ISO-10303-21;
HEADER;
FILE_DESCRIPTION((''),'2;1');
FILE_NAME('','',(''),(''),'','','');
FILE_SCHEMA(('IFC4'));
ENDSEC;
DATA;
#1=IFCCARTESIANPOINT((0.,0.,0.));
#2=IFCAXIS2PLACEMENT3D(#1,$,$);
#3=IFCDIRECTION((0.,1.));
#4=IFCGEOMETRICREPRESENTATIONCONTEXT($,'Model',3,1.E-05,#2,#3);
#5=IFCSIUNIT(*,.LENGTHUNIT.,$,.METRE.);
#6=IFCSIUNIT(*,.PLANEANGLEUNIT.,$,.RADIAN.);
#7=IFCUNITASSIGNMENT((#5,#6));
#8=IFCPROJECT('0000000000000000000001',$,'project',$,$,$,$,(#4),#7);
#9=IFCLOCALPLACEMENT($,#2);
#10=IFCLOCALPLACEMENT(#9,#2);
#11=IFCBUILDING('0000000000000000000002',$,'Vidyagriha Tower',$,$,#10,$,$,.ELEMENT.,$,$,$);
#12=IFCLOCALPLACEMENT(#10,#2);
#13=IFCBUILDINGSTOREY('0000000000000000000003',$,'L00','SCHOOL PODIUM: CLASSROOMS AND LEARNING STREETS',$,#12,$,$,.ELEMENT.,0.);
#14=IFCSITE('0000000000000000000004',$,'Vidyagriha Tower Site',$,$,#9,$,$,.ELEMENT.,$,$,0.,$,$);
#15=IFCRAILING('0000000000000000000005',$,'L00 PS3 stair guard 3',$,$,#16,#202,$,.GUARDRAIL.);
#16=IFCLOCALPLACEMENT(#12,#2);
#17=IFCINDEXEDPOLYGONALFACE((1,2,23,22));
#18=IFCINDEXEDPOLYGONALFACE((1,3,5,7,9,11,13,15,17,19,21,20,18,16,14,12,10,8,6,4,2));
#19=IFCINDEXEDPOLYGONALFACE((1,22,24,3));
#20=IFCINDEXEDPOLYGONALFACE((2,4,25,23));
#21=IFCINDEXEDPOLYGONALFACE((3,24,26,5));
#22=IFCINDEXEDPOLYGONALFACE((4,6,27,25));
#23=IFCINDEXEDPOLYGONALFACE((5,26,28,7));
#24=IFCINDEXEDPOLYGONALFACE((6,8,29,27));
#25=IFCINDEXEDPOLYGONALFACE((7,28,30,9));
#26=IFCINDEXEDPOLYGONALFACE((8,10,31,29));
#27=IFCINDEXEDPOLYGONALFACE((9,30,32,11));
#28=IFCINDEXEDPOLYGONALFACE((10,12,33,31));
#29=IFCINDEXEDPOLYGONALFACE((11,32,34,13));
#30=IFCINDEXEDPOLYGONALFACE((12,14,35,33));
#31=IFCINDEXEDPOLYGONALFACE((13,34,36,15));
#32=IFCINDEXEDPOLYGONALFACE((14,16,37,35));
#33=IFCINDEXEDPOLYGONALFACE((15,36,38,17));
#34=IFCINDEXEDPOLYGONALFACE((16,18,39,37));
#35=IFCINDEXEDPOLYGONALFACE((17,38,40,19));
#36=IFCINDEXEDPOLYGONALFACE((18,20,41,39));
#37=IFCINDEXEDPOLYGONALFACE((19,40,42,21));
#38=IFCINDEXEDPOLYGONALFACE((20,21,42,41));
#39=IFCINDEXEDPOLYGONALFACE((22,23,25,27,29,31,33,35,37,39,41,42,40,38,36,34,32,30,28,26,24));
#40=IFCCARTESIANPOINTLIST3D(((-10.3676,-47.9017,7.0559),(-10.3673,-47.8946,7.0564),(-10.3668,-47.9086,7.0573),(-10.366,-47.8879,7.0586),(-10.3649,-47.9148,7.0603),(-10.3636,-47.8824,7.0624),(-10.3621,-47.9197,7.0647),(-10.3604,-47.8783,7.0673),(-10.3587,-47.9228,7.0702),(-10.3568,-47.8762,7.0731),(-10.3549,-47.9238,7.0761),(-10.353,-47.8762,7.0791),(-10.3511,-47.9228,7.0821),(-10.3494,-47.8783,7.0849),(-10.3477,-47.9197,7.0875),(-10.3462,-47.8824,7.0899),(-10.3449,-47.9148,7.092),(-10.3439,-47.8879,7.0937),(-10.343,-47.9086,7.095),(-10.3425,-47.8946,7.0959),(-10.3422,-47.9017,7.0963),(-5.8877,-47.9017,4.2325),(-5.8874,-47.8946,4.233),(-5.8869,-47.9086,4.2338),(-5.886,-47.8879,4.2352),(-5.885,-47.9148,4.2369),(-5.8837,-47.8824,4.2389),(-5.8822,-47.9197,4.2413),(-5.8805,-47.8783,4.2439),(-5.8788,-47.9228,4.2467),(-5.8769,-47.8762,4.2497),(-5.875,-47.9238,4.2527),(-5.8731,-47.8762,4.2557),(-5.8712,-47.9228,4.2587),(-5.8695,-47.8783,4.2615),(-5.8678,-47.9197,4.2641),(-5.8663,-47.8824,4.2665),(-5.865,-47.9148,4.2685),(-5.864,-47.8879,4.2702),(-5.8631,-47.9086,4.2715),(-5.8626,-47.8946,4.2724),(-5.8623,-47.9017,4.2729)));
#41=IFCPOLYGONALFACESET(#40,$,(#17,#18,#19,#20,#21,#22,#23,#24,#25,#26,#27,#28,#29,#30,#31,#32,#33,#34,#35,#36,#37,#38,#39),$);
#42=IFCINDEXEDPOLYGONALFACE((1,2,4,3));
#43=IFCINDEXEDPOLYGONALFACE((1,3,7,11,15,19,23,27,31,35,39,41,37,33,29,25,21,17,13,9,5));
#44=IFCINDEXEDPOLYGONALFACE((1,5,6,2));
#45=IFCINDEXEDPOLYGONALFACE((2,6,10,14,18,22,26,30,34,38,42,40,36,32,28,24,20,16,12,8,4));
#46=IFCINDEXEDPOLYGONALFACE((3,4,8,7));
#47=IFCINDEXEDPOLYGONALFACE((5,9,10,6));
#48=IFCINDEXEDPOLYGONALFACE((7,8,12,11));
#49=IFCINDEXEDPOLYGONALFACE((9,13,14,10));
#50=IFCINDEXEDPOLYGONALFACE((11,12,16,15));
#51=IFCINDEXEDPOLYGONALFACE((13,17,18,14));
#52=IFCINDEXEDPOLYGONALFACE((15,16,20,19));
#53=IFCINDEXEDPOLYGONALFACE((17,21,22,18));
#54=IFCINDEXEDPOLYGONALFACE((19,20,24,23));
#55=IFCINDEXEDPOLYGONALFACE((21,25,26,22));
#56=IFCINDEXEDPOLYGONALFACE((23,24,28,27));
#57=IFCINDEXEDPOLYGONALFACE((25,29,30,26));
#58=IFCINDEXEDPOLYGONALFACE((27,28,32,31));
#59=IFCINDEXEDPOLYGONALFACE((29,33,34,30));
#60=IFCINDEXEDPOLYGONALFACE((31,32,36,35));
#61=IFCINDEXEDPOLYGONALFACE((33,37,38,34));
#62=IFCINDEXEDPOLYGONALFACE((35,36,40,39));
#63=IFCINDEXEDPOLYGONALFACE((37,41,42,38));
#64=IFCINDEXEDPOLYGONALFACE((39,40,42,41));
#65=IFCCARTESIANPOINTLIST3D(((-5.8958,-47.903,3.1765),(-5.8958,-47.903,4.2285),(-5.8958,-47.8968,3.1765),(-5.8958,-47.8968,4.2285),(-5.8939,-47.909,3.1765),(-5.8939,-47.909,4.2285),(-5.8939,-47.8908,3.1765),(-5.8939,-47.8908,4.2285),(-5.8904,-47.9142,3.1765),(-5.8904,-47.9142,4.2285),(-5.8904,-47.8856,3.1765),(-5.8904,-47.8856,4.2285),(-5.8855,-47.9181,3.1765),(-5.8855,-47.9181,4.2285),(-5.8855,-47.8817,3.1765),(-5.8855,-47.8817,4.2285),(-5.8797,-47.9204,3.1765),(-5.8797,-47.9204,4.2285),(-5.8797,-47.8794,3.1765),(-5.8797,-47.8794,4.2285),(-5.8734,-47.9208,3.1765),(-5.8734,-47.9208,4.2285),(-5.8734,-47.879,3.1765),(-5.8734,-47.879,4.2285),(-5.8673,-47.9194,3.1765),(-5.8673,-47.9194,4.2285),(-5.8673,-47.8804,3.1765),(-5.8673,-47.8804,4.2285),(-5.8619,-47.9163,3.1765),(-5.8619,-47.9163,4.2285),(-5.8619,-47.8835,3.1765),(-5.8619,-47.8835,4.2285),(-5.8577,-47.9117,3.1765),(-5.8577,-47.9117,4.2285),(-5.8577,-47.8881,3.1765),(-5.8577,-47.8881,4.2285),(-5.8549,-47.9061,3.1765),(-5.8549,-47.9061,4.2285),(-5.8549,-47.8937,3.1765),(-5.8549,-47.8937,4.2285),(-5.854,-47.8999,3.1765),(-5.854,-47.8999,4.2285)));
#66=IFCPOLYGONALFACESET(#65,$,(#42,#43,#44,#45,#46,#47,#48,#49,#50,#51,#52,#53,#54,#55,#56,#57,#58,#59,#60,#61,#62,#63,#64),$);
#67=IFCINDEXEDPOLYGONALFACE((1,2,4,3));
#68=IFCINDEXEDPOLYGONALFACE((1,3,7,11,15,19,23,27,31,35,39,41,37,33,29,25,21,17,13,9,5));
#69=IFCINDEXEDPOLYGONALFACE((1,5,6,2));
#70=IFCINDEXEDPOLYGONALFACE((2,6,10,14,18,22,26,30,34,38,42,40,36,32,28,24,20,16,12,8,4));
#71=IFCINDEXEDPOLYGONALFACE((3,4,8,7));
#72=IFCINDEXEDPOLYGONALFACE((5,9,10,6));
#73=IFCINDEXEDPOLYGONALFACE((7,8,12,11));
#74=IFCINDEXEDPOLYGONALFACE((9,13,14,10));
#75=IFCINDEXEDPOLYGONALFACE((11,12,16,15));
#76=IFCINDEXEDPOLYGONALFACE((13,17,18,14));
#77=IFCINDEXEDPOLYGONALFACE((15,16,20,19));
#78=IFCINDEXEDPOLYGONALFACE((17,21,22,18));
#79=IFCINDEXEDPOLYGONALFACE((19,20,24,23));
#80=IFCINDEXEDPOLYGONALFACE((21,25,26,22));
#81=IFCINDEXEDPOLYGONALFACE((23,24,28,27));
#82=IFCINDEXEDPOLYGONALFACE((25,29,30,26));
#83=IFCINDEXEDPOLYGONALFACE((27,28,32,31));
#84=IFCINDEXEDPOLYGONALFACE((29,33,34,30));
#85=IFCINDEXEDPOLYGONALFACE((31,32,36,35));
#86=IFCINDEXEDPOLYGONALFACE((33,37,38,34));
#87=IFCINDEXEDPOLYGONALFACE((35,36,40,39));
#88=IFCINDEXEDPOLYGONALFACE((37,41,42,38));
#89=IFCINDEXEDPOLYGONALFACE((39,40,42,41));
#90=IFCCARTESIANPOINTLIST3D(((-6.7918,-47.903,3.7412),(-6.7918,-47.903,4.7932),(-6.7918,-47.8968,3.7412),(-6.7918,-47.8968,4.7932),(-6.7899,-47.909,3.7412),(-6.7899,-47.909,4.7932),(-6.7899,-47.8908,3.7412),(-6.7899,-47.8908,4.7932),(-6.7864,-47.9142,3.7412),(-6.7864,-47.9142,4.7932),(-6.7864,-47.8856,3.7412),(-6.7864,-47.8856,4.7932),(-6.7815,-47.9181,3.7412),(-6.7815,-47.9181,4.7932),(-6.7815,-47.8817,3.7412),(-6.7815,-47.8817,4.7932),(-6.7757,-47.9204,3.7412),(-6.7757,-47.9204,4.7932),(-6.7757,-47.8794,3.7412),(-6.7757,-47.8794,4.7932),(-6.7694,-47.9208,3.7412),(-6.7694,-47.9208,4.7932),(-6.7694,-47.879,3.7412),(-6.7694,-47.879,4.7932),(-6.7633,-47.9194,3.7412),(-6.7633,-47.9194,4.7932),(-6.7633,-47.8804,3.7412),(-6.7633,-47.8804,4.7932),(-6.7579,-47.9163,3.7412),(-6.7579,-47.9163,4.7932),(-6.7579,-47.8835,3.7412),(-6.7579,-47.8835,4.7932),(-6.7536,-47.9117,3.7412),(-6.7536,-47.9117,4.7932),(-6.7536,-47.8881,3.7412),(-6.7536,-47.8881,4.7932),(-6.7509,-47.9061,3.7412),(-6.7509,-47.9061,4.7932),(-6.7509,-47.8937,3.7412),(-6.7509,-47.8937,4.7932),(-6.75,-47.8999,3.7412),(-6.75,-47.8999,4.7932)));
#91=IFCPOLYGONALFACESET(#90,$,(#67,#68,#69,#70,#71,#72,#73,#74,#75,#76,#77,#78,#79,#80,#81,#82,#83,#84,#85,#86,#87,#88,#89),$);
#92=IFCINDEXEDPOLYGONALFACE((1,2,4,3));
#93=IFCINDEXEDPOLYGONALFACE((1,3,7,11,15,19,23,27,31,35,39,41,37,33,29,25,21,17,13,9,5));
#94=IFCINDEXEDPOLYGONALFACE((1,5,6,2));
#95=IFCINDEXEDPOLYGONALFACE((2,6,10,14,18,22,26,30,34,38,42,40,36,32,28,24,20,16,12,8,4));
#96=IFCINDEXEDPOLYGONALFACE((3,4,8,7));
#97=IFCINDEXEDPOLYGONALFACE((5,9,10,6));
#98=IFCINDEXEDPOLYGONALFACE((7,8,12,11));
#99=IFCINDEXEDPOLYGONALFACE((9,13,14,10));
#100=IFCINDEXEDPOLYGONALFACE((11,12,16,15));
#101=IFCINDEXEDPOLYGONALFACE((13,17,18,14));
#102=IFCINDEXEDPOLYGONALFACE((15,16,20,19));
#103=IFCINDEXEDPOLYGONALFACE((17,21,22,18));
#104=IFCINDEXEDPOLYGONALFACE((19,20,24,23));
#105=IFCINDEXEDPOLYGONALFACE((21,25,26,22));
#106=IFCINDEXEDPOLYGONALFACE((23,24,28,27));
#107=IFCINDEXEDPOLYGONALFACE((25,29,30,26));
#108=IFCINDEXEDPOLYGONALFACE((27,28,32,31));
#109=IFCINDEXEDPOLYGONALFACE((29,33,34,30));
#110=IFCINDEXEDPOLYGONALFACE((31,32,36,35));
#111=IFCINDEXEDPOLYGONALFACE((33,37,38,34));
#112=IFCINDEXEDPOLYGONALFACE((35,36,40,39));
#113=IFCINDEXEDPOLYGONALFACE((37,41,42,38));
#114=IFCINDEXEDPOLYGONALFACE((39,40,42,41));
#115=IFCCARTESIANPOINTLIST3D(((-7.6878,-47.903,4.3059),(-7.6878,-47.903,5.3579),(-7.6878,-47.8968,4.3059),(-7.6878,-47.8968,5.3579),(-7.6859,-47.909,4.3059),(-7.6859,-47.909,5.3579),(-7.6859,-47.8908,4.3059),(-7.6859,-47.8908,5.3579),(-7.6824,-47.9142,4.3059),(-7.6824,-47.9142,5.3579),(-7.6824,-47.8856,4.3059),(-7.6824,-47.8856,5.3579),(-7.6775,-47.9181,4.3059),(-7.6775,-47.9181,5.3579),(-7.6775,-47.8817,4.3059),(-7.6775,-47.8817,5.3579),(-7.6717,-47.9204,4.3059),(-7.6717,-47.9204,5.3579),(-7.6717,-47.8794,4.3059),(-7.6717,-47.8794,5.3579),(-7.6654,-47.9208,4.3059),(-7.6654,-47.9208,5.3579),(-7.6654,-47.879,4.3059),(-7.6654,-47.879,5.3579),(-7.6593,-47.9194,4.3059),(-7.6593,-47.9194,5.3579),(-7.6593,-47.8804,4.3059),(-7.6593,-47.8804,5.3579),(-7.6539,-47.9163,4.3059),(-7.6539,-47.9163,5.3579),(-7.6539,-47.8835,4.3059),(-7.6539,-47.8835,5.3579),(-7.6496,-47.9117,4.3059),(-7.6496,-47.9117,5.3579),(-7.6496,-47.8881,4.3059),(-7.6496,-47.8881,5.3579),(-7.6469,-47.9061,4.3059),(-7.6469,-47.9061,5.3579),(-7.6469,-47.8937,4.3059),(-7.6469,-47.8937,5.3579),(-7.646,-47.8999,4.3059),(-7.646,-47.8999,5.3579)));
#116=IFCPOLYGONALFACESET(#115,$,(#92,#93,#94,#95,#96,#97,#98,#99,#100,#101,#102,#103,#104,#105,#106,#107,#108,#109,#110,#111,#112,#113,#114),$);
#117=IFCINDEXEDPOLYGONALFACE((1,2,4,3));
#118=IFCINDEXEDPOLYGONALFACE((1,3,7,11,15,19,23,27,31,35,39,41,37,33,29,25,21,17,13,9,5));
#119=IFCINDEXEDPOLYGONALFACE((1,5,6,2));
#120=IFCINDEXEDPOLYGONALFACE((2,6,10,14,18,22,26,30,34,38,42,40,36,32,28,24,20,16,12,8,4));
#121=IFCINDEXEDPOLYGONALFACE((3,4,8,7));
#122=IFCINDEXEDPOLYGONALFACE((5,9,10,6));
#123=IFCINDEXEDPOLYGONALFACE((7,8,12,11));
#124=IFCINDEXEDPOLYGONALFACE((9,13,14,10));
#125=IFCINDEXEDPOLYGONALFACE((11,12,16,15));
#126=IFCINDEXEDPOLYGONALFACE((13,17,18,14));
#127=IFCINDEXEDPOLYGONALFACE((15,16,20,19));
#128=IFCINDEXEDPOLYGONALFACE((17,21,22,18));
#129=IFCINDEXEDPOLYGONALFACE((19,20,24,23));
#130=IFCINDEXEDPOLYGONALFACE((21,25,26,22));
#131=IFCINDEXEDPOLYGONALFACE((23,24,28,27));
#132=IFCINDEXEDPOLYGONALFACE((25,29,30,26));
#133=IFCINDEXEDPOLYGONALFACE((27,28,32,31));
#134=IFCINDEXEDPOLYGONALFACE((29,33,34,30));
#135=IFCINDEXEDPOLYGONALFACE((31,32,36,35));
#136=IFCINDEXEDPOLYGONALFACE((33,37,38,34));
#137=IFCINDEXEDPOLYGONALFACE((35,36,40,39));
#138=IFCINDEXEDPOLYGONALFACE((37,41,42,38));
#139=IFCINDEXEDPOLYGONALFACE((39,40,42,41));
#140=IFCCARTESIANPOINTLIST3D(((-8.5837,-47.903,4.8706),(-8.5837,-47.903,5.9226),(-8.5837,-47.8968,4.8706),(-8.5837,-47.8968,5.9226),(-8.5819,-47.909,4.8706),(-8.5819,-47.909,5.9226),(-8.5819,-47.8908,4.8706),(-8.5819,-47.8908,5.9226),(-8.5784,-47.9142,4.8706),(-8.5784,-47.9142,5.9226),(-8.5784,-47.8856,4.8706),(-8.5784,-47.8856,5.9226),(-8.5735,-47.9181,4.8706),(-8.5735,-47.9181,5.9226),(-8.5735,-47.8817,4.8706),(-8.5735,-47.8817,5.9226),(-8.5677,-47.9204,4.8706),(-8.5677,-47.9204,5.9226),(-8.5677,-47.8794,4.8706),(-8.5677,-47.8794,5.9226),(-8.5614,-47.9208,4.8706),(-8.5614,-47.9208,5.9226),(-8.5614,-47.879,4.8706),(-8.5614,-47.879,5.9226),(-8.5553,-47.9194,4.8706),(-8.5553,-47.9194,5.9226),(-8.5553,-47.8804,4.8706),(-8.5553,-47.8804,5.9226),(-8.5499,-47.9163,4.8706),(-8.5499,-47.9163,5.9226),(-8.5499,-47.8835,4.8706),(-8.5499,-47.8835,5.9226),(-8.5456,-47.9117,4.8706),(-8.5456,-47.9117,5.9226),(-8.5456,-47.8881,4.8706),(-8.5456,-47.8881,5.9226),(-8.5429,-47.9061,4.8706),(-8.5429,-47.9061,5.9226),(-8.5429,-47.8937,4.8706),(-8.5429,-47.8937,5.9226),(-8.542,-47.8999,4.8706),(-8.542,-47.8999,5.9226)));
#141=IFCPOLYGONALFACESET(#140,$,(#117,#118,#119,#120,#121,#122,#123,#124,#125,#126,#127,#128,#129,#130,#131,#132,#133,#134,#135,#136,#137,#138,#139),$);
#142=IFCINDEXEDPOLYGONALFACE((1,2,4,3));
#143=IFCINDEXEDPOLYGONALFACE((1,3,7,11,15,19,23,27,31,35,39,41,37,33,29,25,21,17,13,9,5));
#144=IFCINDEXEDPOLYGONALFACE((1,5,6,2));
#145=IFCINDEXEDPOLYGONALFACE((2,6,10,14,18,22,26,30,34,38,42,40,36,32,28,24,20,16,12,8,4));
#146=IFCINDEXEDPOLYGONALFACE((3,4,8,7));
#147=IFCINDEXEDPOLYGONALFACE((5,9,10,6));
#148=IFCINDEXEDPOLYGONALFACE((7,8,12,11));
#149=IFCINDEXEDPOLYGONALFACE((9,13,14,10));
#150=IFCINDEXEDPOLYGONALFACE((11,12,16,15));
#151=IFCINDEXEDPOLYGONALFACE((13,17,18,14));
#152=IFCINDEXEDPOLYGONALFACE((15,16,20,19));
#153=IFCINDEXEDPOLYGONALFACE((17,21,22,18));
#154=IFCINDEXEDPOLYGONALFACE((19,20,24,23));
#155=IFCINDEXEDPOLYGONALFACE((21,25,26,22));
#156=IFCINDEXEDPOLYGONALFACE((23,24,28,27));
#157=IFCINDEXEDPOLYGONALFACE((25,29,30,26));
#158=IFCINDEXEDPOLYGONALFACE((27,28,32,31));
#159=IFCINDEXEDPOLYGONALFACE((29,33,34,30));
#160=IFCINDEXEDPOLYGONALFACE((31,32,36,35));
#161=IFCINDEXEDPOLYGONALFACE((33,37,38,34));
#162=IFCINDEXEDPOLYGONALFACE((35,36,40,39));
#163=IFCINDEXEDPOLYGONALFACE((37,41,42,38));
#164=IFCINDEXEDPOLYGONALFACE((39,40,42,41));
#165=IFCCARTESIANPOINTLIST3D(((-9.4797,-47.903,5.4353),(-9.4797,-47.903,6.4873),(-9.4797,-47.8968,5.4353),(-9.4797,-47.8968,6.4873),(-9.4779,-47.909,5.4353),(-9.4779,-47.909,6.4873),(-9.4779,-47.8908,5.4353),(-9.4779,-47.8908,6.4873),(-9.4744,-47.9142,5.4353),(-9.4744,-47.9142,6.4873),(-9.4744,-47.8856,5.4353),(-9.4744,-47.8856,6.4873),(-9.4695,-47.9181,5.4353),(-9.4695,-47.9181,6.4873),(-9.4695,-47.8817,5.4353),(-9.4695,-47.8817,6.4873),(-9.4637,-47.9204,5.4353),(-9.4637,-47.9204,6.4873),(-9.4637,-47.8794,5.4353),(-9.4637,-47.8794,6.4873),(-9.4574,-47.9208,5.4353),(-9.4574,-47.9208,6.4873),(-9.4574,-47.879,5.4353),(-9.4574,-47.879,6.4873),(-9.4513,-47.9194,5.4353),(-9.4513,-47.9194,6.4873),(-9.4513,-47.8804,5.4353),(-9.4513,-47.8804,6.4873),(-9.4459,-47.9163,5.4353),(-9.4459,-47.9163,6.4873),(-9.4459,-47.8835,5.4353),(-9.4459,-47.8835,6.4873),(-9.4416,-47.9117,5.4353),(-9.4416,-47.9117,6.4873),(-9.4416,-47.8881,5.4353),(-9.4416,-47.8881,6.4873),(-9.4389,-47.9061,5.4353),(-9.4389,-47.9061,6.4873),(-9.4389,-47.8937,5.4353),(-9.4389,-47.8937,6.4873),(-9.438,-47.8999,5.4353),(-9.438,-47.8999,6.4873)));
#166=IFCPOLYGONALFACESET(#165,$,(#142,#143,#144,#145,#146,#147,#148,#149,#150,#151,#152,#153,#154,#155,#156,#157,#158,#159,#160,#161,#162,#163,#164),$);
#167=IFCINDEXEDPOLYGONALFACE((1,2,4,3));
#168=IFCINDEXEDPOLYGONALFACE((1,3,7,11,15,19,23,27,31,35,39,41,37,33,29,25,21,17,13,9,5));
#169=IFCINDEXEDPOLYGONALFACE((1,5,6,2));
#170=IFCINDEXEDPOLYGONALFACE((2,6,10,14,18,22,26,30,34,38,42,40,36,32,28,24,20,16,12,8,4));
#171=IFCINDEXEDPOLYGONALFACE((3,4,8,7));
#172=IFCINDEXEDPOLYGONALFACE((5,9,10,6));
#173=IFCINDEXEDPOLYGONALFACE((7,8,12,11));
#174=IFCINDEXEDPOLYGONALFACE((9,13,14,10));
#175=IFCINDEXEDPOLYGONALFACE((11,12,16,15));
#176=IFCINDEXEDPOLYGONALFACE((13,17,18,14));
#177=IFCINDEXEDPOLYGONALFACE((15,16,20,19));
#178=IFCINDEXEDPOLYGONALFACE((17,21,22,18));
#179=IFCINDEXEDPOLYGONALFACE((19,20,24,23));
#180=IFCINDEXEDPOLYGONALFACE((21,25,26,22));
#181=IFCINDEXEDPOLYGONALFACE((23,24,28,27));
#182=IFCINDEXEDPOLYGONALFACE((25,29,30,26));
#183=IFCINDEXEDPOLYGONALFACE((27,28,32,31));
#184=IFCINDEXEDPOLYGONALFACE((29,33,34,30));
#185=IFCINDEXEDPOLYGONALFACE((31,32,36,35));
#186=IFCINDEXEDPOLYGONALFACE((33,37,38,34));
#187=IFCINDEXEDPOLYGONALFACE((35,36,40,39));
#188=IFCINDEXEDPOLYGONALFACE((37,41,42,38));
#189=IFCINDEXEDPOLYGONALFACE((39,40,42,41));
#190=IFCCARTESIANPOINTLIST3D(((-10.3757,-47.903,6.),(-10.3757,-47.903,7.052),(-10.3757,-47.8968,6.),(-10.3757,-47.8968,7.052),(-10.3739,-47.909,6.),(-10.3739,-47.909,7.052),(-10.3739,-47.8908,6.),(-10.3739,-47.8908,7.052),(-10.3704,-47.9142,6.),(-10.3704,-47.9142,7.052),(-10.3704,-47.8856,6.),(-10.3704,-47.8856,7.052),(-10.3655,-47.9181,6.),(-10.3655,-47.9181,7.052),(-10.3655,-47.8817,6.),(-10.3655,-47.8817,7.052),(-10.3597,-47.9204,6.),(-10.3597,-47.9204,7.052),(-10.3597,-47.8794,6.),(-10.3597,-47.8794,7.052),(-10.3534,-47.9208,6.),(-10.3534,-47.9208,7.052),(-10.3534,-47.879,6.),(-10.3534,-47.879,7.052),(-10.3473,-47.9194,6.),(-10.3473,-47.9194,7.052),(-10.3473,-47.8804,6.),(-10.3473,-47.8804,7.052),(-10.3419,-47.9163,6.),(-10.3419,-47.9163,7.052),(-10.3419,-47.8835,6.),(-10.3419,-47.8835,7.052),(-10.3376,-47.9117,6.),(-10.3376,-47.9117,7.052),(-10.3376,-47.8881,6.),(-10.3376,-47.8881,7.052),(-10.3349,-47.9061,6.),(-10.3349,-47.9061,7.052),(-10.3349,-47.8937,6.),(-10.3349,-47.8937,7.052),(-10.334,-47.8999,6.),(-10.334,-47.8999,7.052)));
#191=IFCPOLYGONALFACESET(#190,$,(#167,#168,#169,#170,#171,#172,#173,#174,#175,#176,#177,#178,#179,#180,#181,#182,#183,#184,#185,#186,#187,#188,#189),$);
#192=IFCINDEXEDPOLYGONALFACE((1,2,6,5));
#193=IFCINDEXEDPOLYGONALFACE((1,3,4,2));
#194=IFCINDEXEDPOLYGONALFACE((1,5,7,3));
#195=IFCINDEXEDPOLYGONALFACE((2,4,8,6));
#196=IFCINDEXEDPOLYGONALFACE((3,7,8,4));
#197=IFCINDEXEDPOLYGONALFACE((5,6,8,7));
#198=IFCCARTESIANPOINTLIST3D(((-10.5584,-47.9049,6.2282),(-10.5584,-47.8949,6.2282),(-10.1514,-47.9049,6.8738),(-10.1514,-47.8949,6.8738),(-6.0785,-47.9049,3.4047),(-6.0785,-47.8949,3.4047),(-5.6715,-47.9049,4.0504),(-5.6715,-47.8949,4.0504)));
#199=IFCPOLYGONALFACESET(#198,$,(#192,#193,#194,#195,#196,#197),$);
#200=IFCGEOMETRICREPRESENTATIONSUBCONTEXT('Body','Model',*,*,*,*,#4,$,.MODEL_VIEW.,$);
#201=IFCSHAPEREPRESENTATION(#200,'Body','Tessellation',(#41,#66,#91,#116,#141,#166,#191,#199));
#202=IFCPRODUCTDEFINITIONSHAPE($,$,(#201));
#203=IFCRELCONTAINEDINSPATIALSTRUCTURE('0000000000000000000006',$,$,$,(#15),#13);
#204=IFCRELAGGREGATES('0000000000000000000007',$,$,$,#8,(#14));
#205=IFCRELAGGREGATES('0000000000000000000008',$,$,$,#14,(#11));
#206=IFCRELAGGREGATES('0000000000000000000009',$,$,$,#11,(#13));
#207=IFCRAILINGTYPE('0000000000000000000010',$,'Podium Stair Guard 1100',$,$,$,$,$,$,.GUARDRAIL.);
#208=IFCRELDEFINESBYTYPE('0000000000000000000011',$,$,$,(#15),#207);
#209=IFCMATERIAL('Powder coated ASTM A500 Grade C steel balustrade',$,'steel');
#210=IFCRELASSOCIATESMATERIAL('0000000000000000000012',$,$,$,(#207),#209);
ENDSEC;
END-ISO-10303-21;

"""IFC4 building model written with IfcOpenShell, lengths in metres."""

from ifc_helpers import new_model, si_unit, direction, frame, origin, origin_2d, place, context, subcontext, project, spatial, rectangle, circle, extrude, material, type_object, element, save


model = new_model("IFC4")

# Units and contexts
model_context = context("Model", 3, precision=1e-05, world=origin(), true_north=direction((0.0, 1.0)))
body_context = subcontext(model_context, "Body", "Model", "MODEL_VIEW")
ifc_project = project(units=[si_unit("LENGTHUNIT", "METRE"), si_unit("PLANEANGLEUNIT", "RADIAN")], contexts=[model_context])

# Site, building, storey
site_placement = place(None, origin())
site = spatial("IfcSite", under=ifc_project, at=site_placement, Name="Vidyagriha Tower Site", CompositionType="ELEMENT", RefElevation=0.0)
building_placement = place(site_placement, origin())
building = spatial("IfcBuilding", under=site, at=building_placement, Name="Vidyagriha Tower", CompositionType="ELEMENT")
storey_placement = place(building_placement, origin())
storey = spatial("IfcBuildingStorey", under=building, at=storey_placement, Name="L00", Description="SCHOOL PODIUM: CLASSROOMS AND LEARNING STREETS", CompositionType="ELEMENT", Elevation=0.0)

# Railing
ifc_material_1 = material(Name="Powder coated ASTM A500 Grade C steel balustrade", Category="steel")
railing_type_1 = type_object("IfcRailingType", Name="Podium Stair Guard 1100", PredefinedType="GUARDRAIL", material=ifc_material_1)
railing_1_placement = place(storey_placement, frame((-5.875, -47.8999, 3.1765)))
element("IfcRailing", 1, at=railing_1_placement, inside=storey, type_object=railing_type_1, Name="L00 PS3 stair guard 3", PredefinedType="GUARDRAIL", context=body_context, shape_type="SweptSolid", body=[
    extrude(circle(Radius=0.0239, at=origin_2d()), frame((0.0, 0.0, 1.0762), z_axis=(-0.845998, 0.0, 0.533186), x_axis=(0.0, -1.0, 0.0)), (0.0, 0.0, 1.0), 5.2954),
    extrude(circle(Radius=0.021, at=origin_2d()), origin(), (0.0, 0.0, 1.0), 1.052),
    extrude(circle(Radius=0.021, at=origin_2d()), frame((-0.896, 0.0, 0.5647)), (0.0, 0.0, 1.0), 1.052),
    extrude(circle(Radius=0.021, at=origin_2d()), frame((-1.792, 0.0, 1.1294)), (0.0, 0.0, 1.0), 1.052),
    extrude(circle(Radius=0.021, at=origin_2d()), frame((-2.688, 0.0, 1.6941)), (0.0, 0.0, 1.0), 1.052),
    extrude(circle(Radius=0.021, at=origin_2d()), frame((-3.584, 0.0, 2.2588)), (0.0, 0.0, 1.0), 1.052),
    extrude(circle(Radius=0.021, at=origin_2d()), frame((-4.48, 0.0, 2.8235)), (0.0, 0.0, 1.0), 1.052),
    extrude(rectangle(XDim=0.01, YDim=0.7632, at=origin_2d()), frame((0.0, 0.0, 0.551), z_axis=(-0.845998, 0.0, 0.533186), x_axis=(0.0, -1.0, 0.0)), (0.0, 0.0, 1.0), 5.2954),
])

save(model, "model.ifc")
